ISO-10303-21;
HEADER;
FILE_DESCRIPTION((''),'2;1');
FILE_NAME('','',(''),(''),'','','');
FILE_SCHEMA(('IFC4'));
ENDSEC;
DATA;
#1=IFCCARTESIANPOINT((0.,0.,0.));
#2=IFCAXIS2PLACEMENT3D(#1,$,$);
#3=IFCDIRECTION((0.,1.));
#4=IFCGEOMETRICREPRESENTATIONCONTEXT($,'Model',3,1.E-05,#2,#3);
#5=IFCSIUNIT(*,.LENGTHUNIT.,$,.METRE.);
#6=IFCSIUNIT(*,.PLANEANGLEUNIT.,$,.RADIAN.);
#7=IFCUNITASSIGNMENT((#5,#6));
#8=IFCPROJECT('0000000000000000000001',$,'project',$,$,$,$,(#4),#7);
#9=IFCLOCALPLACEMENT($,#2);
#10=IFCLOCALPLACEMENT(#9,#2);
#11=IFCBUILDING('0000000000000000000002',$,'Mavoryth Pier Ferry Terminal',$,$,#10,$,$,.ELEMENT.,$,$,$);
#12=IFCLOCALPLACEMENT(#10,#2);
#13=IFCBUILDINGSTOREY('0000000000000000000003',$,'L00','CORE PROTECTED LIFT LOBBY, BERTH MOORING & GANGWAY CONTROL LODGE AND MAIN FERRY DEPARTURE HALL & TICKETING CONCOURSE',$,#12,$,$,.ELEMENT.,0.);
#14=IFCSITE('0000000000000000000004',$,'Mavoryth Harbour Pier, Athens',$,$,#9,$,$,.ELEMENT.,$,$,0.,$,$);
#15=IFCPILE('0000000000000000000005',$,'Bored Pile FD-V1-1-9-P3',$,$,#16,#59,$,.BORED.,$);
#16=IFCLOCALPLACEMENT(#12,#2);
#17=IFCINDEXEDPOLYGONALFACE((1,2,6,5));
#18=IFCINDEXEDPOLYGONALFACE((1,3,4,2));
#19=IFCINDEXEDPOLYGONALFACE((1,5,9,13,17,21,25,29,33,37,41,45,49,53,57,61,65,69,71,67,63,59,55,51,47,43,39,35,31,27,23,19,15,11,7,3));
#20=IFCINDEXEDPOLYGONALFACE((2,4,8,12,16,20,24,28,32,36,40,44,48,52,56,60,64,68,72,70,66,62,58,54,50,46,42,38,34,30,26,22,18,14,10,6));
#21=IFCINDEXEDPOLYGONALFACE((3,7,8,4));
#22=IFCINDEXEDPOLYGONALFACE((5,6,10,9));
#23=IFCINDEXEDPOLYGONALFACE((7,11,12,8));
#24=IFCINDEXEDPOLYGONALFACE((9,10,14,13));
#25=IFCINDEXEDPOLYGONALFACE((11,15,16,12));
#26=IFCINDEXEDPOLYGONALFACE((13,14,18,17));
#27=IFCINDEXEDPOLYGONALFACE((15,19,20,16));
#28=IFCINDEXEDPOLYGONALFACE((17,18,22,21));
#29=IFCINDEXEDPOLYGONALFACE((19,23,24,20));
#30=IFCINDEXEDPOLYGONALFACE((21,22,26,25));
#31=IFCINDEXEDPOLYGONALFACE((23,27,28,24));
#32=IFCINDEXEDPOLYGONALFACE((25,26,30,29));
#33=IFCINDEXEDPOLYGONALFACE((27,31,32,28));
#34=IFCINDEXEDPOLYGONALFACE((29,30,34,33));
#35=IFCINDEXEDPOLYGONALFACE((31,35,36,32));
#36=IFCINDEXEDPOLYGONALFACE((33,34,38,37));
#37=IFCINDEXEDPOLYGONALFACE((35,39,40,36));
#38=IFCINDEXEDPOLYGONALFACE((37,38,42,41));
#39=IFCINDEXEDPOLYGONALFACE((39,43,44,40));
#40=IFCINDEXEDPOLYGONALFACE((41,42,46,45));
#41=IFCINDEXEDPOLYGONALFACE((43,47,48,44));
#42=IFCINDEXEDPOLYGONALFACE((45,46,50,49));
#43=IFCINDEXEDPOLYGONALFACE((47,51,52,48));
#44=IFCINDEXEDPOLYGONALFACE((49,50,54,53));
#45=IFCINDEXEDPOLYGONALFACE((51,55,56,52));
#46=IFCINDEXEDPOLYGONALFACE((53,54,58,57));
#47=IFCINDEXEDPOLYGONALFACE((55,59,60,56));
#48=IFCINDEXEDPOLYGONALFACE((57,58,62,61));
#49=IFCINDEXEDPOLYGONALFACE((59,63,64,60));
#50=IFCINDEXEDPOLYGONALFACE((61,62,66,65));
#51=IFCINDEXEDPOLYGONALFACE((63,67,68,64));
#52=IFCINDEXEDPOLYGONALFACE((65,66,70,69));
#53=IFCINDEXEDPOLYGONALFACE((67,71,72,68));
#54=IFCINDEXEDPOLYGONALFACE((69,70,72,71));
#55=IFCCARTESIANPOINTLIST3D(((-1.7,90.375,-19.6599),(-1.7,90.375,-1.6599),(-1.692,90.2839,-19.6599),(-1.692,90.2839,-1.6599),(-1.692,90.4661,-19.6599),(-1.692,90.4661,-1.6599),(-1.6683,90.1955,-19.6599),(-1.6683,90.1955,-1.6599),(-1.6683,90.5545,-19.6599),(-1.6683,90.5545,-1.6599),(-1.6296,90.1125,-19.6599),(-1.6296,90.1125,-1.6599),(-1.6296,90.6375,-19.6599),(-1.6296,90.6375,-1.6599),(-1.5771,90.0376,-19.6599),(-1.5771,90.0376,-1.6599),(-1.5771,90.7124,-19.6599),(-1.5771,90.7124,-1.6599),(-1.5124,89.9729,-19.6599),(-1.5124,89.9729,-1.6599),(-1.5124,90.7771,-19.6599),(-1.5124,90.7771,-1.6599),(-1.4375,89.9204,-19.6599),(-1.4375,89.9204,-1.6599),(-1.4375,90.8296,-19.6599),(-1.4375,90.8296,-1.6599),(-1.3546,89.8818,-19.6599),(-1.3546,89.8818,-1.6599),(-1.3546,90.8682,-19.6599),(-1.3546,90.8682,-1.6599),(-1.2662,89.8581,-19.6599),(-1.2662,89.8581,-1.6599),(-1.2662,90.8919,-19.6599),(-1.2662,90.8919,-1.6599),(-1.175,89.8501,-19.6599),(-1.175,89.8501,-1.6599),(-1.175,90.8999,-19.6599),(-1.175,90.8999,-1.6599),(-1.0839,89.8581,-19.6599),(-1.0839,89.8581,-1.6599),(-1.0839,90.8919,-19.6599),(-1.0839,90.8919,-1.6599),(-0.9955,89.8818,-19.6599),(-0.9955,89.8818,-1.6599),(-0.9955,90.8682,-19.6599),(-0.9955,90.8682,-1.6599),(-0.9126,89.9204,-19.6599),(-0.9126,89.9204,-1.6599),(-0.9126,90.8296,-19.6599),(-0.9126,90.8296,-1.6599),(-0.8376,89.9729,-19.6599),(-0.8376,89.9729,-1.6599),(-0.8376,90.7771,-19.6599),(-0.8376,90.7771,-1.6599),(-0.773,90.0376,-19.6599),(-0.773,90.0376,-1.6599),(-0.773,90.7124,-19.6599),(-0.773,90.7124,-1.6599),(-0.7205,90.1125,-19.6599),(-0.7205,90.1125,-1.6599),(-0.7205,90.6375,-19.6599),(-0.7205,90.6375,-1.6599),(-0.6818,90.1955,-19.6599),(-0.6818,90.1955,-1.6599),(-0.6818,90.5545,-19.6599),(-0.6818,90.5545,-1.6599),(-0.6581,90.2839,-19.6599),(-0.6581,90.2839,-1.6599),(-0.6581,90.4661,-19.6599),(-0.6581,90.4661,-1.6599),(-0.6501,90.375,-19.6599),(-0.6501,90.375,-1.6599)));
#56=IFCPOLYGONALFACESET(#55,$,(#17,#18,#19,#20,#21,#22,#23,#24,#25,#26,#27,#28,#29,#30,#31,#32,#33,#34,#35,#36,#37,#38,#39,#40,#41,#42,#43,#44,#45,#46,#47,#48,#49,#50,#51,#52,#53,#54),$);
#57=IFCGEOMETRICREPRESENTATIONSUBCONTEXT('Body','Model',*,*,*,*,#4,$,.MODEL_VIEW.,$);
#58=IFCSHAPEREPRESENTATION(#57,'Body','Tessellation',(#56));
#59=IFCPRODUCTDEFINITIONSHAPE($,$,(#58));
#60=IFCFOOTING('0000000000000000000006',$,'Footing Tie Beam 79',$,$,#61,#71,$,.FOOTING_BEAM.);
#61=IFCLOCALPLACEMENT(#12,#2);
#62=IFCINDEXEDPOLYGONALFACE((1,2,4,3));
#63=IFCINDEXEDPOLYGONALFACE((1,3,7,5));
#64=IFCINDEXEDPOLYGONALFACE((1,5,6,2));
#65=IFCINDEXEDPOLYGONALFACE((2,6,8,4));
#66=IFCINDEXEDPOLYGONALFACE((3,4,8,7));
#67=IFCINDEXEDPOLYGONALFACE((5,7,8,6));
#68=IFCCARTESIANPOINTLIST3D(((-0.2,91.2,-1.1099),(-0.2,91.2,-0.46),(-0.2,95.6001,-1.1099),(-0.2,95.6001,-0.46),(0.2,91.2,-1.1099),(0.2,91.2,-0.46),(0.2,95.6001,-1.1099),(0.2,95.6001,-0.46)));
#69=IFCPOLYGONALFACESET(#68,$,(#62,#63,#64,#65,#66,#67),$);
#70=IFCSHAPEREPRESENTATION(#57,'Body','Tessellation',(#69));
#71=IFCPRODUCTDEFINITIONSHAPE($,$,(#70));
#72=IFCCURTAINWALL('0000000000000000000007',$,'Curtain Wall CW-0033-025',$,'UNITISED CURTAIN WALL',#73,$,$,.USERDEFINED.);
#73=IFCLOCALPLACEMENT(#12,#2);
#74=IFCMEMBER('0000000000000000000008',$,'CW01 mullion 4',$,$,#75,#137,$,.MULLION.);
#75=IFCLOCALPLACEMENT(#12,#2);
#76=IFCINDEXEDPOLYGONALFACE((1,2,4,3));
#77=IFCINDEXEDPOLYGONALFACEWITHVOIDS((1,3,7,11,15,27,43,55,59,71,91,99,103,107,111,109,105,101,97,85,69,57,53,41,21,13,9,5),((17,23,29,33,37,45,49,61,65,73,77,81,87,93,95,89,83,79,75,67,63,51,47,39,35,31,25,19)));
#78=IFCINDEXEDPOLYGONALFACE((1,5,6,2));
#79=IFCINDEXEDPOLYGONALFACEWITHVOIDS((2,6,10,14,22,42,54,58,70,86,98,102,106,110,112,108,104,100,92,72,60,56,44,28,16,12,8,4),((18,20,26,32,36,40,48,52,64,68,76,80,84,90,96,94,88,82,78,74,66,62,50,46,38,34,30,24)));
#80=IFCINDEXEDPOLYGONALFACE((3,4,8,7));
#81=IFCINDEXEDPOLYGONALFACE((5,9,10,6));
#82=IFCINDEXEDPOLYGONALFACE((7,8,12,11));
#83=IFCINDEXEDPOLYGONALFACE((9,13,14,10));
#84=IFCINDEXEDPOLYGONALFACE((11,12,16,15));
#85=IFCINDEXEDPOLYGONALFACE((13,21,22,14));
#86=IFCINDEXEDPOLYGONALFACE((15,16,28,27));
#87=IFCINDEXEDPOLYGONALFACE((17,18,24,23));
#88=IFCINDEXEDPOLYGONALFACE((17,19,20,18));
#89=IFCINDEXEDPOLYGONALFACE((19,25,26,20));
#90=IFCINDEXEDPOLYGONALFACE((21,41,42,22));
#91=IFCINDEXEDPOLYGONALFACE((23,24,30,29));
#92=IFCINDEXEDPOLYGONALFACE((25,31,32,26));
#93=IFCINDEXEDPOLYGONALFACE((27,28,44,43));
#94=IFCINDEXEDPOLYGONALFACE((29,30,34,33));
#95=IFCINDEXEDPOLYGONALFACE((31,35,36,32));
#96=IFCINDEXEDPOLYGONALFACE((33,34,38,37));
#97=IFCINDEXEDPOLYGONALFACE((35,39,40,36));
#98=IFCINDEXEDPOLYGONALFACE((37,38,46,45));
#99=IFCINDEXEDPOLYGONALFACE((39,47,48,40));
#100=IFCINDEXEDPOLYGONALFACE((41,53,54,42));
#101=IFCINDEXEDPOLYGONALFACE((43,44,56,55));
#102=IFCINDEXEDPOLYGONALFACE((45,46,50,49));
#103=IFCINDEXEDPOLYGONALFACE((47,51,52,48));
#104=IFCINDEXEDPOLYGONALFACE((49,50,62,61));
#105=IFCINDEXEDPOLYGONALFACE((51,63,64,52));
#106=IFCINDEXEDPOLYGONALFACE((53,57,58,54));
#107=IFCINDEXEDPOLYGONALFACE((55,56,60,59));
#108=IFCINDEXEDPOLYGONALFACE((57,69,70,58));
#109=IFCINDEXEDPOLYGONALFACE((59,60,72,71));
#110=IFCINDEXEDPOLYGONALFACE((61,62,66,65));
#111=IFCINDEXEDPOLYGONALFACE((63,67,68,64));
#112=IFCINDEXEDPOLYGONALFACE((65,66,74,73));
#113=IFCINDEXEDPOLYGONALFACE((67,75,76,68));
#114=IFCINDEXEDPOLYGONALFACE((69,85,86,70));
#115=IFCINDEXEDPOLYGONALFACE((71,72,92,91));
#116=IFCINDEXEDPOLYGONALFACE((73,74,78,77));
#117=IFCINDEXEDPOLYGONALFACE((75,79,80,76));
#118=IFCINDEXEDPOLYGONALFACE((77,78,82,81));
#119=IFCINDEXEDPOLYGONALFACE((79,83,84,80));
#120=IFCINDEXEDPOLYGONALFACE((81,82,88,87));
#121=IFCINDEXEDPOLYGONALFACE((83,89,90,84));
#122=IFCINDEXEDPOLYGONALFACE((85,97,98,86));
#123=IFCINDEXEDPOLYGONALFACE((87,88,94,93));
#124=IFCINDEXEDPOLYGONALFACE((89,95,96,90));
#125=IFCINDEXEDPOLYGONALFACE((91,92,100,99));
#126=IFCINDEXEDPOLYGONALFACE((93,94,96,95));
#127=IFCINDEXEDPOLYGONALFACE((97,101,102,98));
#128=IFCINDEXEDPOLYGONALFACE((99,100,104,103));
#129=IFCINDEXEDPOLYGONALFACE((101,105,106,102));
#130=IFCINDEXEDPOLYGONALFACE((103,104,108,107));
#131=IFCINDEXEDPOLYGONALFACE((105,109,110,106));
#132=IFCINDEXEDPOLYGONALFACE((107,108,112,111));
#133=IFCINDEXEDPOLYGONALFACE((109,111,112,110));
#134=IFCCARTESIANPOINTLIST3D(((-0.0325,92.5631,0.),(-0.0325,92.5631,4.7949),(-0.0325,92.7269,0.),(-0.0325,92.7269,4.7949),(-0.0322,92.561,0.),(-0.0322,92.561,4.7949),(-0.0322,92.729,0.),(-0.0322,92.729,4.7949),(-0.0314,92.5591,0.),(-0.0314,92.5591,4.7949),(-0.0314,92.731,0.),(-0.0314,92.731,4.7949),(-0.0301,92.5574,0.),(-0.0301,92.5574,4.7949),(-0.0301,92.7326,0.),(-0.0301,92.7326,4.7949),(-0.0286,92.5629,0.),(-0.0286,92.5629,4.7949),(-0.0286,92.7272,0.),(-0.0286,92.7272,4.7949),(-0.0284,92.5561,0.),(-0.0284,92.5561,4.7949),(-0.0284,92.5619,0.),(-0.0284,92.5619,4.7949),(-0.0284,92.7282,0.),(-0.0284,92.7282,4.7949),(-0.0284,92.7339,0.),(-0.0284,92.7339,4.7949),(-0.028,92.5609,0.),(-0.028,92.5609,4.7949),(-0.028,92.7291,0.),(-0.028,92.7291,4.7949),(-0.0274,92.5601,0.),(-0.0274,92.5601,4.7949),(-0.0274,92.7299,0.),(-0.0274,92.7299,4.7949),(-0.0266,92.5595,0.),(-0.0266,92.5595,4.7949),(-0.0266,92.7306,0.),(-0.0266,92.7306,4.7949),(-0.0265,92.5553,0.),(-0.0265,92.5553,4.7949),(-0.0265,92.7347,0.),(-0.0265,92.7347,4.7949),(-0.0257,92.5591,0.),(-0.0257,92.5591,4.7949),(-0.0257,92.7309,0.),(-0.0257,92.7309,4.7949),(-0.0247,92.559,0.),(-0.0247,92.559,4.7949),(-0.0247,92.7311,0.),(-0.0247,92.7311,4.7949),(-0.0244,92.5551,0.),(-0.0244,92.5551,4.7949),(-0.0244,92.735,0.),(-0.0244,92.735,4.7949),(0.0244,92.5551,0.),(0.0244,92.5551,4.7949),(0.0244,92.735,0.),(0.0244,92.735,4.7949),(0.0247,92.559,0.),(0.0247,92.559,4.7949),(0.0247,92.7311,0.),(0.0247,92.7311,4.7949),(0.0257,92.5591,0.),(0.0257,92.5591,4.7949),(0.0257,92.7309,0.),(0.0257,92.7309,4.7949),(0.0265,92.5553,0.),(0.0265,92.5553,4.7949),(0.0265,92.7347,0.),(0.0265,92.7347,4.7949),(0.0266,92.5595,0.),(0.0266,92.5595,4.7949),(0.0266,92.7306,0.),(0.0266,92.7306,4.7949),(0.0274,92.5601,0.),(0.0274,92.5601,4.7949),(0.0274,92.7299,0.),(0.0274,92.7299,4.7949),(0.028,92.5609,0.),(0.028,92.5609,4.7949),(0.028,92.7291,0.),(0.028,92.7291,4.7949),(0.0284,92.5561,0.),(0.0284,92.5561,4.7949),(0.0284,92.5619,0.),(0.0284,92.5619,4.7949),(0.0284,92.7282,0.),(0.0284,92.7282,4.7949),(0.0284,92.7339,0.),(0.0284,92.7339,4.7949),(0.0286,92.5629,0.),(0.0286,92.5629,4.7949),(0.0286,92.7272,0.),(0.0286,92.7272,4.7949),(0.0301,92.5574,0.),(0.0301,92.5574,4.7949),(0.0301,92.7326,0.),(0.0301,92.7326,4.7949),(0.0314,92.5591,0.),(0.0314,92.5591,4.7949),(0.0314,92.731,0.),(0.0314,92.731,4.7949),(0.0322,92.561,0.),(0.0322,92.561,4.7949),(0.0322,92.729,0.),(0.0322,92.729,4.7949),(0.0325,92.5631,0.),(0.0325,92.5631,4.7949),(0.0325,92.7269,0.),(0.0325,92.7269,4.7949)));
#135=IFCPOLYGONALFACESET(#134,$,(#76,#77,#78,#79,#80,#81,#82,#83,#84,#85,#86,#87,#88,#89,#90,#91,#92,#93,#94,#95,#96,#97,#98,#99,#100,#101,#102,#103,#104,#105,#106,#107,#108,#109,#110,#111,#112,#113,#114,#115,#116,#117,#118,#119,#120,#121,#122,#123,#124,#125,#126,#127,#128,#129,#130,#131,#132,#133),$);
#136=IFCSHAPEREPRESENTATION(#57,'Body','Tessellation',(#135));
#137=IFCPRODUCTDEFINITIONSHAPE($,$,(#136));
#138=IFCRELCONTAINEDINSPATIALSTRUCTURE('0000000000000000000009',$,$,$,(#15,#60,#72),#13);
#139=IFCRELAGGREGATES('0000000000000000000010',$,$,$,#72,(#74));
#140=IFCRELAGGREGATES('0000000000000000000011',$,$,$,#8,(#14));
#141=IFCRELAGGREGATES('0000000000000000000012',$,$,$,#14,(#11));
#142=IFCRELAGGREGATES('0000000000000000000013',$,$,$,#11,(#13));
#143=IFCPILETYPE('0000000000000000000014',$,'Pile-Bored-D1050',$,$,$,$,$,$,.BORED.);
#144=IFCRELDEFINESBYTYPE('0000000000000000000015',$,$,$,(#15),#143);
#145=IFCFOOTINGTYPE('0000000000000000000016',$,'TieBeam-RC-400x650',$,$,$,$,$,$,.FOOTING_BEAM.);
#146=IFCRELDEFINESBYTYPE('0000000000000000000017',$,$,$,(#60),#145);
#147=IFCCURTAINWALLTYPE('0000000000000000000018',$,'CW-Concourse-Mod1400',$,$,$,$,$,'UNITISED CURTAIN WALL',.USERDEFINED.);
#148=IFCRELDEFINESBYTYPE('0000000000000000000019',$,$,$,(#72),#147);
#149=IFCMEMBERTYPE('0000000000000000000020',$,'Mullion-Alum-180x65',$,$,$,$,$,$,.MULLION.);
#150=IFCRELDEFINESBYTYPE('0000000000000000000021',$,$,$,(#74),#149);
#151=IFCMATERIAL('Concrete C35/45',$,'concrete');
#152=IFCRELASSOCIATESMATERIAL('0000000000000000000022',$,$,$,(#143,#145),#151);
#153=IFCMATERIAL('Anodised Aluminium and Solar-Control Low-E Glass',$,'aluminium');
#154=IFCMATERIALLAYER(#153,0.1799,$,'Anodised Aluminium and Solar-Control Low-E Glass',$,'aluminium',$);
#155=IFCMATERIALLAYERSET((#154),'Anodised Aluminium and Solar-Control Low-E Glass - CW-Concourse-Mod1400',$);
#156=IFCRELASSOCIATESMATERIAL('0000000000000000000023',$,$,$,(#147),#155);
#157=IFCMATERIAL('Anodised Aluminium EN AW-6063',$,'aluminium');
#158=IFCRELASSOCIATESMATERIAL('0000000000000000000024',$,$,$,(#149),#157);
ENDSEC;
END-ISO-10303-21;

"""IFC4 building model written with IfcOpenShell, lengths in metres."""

from ifc_helpers import new_model, si_unit, direction, frame, origin, origin_2d, place, context, subcontext, project, spatial, rectangle, hollow_rectangle, circle, extrude, material, layer, layer_set, material_profile, profile_set, type_object, element, aggregate, save


model = new_model("IFC4")

# Units and contexts
model_context = context("Model", 3, precision=1e-05, world=origin(), true_north=direction((0.0, 1.0)))
body_context = subcontext(model_context, "Body", "Model", "MODEL_VIEW")
ifc_project = project(units=[si_unit("LENGTHUNIT", "METRE"), si_unit("PLANEANGLEUNIT", "RADIAN")], contexts=[model_context])

# Site, building, storey
site_placement = place(None, origin())
site = spatial("IfcSite", under=ifc_project, at=site_placement, Name="Mavoryth Harbour Pier, Athens", CompositionType="ELEMENT", RefElevation=0.0)
building_placement = place(site_placement, origin())
building = spatial("IfcBuilding", under=site, at=building_placement, Name="Mavoryth Pier Ferry Terminal", CompositionType="ELEMENT")
storey_placement = place(building_placement, origin())
storey = spatial("IfcBuildingStorey", under=building, at=storey_placement, Name="L00", Description="CORE PROTECTED LIFT LOBBY, BERTH MOORING & GANGWAY CONTROL LODGE AND MAIN FERRY DEPARTURE HALL & TICKETING CONCOURSE", CompositionType="ELEMENT", Elevation=0.0)

# Pile
ifc_material_1 = material(Name="Concrete C35/45", Category="concrete")
ifc_material_profile_1 = material_profile(ifc_material_1, circle(Radius=0.5249, at=origin_2d()), Name="PILE D1050", Category="concrete")
ifc_profile_set_1 = profile_set([ifc_material_profile_1], Name="Concrete C35/45 - PILE D1050")
pile_type = type_object("IfcPileType", Name="Pile-Bored-D1050", PredefinedType="BORED", material=ifc_profile_set_1)
pile_placement = place(storey_placement, frame((-1.175, 90.375, -1.6599), z_axis=(0.0, 0.0, -1.0), x_axis=(1.0, 0.0, 0.0)))
element("IfcPile", 1, at=pile_placement, inside=storey, type_object=pile_type, Name="Bored Pile FD-V1-1-9-P3", PredefinedType="BORED", context=body_context, shape_type="SweptSolid", body=[
    extrude(circle(Radius=0.5249, at=origin_2d()), origin(), (0.0, 0.0, 1.0), 18.0),
])

# Footing
ifc_material_profile_2 = material_profile(ifc_material_1, rectangle(XDim=0.3999, YDim=0.6499, at=origin_2d()), Name="RC 400x650", Category="concrete")
ifc_profile_set_2 = profile_set([ifc_material_profile_2], Name="Concrete C35/45 - RC 400x650")
footing_type = type_object("IfcFootingType", Name="TieBeam-RC-400x650", PredefinedType="FOOTING_BEAM", material=ifc_profile_set_2)
footing_placement = place(storey_placement, frame((0.0, 91.2, -0.7849), z_axis=(0.0, 1.0, 0.0), x_axis=(-1.0, 0.0, 0.0)))
element("IfcFooting", 2, at=footing_placement, inside=storey, type_object=footing_type, Name="Footing Tie Beam 79", PredefinedType="FOOTING_BEAM", context=body_context, shape_type="SweptSolid", body=[
    extrude(rectangle(XDim=0.3999, YDim=0.6499, at=origin_2d()), origin(), (0.0, 0.0, 1.0), 4.4001),
])

# Curtain wall, member
ifc_material_2 = material(Name="Anodised Aluminium and Solar-Control Low-E Glass", Category="aluminium")
ifc_layer_1 = layer(ifc_material_2, 0.1799, Name="Anodised Aluminium and Solar-Control Low-E Glass", Category="aluminium")
ifc_layer_set_1 = layer_set([ifc_layer_1], Name="Anodised Aluminium and Solar-Control Low-E Glass - CW-Concourse-Mod1400")
curtain_wall_type = type_object("IfcCurtainWallType", Name="CW-Concourse-Mod1400", ElementType="UNITISED CURTAIN WALL", PredefinedType="USERDEFINED", material=ifc_layer_set_1)
curtain_wall_placement = place(storey_placement, origin())
curtain_wall = element("IfcCurtainWall", 3, at=curtain_wall_placement, inside=storey, type_object=curtain_wall_type, Name="Curtain Wall CW-0033-025", ObjectType="UNITISED CURTAIN WALL", PredefinedType="USERDEFINED")
ifc_material_3 = material(Name="Anodised Aluminium EN AW-6063", Category="aluminium")
ifc_material_profile_3 = material_profile(ifc_material_3, hollow_rectangle(XDim=0.0649, YDim=0.1799, WallThickness=0.0039, InnerFilletRadius=0.0039, OuterFilletRadius=0.0081, at=origin_2d()), Name="AL-MULL 180x65x4", Category="aluminium")
ifc_profile_set_3 = profile_set([ifc_material_profile_3], Name="Anodised Aluminium EN AW-6063 - AL-MULL 180x65x4")
member_type_1 = type_object("IfcMemberType", Name="Mullion-Alum-180x65", PredefinedType="MULLION", material=ifc_profile_set_3)
member_1_placement = place(storey_placement, frame((0.0, 92.645, 0.0), z_axis=(0.0, 0.0, 1.0), x_axis=(1.0, 0.0, 0.0)))
member_1 = element("IfcMember", 4, at=member_1_placement, type_object=member_type_1, Name="CW01 mullion 4", PredefinedType="MULLION", context=body_context, shape_type="SweptSolid", body=[
    extrude(hollow_rectangle(XDim=0.0649, YDim=0.1799, WallThickness=0.0039, InnerFilletRadius=0.0039, OuterFilletRadius=0.0081, at=origin_2d()), origin(), (0.0, 0.0, 1.0), 4.7949),
])
aggregate(curtain_wall, [member_1])

save(model, "model.ifc")
